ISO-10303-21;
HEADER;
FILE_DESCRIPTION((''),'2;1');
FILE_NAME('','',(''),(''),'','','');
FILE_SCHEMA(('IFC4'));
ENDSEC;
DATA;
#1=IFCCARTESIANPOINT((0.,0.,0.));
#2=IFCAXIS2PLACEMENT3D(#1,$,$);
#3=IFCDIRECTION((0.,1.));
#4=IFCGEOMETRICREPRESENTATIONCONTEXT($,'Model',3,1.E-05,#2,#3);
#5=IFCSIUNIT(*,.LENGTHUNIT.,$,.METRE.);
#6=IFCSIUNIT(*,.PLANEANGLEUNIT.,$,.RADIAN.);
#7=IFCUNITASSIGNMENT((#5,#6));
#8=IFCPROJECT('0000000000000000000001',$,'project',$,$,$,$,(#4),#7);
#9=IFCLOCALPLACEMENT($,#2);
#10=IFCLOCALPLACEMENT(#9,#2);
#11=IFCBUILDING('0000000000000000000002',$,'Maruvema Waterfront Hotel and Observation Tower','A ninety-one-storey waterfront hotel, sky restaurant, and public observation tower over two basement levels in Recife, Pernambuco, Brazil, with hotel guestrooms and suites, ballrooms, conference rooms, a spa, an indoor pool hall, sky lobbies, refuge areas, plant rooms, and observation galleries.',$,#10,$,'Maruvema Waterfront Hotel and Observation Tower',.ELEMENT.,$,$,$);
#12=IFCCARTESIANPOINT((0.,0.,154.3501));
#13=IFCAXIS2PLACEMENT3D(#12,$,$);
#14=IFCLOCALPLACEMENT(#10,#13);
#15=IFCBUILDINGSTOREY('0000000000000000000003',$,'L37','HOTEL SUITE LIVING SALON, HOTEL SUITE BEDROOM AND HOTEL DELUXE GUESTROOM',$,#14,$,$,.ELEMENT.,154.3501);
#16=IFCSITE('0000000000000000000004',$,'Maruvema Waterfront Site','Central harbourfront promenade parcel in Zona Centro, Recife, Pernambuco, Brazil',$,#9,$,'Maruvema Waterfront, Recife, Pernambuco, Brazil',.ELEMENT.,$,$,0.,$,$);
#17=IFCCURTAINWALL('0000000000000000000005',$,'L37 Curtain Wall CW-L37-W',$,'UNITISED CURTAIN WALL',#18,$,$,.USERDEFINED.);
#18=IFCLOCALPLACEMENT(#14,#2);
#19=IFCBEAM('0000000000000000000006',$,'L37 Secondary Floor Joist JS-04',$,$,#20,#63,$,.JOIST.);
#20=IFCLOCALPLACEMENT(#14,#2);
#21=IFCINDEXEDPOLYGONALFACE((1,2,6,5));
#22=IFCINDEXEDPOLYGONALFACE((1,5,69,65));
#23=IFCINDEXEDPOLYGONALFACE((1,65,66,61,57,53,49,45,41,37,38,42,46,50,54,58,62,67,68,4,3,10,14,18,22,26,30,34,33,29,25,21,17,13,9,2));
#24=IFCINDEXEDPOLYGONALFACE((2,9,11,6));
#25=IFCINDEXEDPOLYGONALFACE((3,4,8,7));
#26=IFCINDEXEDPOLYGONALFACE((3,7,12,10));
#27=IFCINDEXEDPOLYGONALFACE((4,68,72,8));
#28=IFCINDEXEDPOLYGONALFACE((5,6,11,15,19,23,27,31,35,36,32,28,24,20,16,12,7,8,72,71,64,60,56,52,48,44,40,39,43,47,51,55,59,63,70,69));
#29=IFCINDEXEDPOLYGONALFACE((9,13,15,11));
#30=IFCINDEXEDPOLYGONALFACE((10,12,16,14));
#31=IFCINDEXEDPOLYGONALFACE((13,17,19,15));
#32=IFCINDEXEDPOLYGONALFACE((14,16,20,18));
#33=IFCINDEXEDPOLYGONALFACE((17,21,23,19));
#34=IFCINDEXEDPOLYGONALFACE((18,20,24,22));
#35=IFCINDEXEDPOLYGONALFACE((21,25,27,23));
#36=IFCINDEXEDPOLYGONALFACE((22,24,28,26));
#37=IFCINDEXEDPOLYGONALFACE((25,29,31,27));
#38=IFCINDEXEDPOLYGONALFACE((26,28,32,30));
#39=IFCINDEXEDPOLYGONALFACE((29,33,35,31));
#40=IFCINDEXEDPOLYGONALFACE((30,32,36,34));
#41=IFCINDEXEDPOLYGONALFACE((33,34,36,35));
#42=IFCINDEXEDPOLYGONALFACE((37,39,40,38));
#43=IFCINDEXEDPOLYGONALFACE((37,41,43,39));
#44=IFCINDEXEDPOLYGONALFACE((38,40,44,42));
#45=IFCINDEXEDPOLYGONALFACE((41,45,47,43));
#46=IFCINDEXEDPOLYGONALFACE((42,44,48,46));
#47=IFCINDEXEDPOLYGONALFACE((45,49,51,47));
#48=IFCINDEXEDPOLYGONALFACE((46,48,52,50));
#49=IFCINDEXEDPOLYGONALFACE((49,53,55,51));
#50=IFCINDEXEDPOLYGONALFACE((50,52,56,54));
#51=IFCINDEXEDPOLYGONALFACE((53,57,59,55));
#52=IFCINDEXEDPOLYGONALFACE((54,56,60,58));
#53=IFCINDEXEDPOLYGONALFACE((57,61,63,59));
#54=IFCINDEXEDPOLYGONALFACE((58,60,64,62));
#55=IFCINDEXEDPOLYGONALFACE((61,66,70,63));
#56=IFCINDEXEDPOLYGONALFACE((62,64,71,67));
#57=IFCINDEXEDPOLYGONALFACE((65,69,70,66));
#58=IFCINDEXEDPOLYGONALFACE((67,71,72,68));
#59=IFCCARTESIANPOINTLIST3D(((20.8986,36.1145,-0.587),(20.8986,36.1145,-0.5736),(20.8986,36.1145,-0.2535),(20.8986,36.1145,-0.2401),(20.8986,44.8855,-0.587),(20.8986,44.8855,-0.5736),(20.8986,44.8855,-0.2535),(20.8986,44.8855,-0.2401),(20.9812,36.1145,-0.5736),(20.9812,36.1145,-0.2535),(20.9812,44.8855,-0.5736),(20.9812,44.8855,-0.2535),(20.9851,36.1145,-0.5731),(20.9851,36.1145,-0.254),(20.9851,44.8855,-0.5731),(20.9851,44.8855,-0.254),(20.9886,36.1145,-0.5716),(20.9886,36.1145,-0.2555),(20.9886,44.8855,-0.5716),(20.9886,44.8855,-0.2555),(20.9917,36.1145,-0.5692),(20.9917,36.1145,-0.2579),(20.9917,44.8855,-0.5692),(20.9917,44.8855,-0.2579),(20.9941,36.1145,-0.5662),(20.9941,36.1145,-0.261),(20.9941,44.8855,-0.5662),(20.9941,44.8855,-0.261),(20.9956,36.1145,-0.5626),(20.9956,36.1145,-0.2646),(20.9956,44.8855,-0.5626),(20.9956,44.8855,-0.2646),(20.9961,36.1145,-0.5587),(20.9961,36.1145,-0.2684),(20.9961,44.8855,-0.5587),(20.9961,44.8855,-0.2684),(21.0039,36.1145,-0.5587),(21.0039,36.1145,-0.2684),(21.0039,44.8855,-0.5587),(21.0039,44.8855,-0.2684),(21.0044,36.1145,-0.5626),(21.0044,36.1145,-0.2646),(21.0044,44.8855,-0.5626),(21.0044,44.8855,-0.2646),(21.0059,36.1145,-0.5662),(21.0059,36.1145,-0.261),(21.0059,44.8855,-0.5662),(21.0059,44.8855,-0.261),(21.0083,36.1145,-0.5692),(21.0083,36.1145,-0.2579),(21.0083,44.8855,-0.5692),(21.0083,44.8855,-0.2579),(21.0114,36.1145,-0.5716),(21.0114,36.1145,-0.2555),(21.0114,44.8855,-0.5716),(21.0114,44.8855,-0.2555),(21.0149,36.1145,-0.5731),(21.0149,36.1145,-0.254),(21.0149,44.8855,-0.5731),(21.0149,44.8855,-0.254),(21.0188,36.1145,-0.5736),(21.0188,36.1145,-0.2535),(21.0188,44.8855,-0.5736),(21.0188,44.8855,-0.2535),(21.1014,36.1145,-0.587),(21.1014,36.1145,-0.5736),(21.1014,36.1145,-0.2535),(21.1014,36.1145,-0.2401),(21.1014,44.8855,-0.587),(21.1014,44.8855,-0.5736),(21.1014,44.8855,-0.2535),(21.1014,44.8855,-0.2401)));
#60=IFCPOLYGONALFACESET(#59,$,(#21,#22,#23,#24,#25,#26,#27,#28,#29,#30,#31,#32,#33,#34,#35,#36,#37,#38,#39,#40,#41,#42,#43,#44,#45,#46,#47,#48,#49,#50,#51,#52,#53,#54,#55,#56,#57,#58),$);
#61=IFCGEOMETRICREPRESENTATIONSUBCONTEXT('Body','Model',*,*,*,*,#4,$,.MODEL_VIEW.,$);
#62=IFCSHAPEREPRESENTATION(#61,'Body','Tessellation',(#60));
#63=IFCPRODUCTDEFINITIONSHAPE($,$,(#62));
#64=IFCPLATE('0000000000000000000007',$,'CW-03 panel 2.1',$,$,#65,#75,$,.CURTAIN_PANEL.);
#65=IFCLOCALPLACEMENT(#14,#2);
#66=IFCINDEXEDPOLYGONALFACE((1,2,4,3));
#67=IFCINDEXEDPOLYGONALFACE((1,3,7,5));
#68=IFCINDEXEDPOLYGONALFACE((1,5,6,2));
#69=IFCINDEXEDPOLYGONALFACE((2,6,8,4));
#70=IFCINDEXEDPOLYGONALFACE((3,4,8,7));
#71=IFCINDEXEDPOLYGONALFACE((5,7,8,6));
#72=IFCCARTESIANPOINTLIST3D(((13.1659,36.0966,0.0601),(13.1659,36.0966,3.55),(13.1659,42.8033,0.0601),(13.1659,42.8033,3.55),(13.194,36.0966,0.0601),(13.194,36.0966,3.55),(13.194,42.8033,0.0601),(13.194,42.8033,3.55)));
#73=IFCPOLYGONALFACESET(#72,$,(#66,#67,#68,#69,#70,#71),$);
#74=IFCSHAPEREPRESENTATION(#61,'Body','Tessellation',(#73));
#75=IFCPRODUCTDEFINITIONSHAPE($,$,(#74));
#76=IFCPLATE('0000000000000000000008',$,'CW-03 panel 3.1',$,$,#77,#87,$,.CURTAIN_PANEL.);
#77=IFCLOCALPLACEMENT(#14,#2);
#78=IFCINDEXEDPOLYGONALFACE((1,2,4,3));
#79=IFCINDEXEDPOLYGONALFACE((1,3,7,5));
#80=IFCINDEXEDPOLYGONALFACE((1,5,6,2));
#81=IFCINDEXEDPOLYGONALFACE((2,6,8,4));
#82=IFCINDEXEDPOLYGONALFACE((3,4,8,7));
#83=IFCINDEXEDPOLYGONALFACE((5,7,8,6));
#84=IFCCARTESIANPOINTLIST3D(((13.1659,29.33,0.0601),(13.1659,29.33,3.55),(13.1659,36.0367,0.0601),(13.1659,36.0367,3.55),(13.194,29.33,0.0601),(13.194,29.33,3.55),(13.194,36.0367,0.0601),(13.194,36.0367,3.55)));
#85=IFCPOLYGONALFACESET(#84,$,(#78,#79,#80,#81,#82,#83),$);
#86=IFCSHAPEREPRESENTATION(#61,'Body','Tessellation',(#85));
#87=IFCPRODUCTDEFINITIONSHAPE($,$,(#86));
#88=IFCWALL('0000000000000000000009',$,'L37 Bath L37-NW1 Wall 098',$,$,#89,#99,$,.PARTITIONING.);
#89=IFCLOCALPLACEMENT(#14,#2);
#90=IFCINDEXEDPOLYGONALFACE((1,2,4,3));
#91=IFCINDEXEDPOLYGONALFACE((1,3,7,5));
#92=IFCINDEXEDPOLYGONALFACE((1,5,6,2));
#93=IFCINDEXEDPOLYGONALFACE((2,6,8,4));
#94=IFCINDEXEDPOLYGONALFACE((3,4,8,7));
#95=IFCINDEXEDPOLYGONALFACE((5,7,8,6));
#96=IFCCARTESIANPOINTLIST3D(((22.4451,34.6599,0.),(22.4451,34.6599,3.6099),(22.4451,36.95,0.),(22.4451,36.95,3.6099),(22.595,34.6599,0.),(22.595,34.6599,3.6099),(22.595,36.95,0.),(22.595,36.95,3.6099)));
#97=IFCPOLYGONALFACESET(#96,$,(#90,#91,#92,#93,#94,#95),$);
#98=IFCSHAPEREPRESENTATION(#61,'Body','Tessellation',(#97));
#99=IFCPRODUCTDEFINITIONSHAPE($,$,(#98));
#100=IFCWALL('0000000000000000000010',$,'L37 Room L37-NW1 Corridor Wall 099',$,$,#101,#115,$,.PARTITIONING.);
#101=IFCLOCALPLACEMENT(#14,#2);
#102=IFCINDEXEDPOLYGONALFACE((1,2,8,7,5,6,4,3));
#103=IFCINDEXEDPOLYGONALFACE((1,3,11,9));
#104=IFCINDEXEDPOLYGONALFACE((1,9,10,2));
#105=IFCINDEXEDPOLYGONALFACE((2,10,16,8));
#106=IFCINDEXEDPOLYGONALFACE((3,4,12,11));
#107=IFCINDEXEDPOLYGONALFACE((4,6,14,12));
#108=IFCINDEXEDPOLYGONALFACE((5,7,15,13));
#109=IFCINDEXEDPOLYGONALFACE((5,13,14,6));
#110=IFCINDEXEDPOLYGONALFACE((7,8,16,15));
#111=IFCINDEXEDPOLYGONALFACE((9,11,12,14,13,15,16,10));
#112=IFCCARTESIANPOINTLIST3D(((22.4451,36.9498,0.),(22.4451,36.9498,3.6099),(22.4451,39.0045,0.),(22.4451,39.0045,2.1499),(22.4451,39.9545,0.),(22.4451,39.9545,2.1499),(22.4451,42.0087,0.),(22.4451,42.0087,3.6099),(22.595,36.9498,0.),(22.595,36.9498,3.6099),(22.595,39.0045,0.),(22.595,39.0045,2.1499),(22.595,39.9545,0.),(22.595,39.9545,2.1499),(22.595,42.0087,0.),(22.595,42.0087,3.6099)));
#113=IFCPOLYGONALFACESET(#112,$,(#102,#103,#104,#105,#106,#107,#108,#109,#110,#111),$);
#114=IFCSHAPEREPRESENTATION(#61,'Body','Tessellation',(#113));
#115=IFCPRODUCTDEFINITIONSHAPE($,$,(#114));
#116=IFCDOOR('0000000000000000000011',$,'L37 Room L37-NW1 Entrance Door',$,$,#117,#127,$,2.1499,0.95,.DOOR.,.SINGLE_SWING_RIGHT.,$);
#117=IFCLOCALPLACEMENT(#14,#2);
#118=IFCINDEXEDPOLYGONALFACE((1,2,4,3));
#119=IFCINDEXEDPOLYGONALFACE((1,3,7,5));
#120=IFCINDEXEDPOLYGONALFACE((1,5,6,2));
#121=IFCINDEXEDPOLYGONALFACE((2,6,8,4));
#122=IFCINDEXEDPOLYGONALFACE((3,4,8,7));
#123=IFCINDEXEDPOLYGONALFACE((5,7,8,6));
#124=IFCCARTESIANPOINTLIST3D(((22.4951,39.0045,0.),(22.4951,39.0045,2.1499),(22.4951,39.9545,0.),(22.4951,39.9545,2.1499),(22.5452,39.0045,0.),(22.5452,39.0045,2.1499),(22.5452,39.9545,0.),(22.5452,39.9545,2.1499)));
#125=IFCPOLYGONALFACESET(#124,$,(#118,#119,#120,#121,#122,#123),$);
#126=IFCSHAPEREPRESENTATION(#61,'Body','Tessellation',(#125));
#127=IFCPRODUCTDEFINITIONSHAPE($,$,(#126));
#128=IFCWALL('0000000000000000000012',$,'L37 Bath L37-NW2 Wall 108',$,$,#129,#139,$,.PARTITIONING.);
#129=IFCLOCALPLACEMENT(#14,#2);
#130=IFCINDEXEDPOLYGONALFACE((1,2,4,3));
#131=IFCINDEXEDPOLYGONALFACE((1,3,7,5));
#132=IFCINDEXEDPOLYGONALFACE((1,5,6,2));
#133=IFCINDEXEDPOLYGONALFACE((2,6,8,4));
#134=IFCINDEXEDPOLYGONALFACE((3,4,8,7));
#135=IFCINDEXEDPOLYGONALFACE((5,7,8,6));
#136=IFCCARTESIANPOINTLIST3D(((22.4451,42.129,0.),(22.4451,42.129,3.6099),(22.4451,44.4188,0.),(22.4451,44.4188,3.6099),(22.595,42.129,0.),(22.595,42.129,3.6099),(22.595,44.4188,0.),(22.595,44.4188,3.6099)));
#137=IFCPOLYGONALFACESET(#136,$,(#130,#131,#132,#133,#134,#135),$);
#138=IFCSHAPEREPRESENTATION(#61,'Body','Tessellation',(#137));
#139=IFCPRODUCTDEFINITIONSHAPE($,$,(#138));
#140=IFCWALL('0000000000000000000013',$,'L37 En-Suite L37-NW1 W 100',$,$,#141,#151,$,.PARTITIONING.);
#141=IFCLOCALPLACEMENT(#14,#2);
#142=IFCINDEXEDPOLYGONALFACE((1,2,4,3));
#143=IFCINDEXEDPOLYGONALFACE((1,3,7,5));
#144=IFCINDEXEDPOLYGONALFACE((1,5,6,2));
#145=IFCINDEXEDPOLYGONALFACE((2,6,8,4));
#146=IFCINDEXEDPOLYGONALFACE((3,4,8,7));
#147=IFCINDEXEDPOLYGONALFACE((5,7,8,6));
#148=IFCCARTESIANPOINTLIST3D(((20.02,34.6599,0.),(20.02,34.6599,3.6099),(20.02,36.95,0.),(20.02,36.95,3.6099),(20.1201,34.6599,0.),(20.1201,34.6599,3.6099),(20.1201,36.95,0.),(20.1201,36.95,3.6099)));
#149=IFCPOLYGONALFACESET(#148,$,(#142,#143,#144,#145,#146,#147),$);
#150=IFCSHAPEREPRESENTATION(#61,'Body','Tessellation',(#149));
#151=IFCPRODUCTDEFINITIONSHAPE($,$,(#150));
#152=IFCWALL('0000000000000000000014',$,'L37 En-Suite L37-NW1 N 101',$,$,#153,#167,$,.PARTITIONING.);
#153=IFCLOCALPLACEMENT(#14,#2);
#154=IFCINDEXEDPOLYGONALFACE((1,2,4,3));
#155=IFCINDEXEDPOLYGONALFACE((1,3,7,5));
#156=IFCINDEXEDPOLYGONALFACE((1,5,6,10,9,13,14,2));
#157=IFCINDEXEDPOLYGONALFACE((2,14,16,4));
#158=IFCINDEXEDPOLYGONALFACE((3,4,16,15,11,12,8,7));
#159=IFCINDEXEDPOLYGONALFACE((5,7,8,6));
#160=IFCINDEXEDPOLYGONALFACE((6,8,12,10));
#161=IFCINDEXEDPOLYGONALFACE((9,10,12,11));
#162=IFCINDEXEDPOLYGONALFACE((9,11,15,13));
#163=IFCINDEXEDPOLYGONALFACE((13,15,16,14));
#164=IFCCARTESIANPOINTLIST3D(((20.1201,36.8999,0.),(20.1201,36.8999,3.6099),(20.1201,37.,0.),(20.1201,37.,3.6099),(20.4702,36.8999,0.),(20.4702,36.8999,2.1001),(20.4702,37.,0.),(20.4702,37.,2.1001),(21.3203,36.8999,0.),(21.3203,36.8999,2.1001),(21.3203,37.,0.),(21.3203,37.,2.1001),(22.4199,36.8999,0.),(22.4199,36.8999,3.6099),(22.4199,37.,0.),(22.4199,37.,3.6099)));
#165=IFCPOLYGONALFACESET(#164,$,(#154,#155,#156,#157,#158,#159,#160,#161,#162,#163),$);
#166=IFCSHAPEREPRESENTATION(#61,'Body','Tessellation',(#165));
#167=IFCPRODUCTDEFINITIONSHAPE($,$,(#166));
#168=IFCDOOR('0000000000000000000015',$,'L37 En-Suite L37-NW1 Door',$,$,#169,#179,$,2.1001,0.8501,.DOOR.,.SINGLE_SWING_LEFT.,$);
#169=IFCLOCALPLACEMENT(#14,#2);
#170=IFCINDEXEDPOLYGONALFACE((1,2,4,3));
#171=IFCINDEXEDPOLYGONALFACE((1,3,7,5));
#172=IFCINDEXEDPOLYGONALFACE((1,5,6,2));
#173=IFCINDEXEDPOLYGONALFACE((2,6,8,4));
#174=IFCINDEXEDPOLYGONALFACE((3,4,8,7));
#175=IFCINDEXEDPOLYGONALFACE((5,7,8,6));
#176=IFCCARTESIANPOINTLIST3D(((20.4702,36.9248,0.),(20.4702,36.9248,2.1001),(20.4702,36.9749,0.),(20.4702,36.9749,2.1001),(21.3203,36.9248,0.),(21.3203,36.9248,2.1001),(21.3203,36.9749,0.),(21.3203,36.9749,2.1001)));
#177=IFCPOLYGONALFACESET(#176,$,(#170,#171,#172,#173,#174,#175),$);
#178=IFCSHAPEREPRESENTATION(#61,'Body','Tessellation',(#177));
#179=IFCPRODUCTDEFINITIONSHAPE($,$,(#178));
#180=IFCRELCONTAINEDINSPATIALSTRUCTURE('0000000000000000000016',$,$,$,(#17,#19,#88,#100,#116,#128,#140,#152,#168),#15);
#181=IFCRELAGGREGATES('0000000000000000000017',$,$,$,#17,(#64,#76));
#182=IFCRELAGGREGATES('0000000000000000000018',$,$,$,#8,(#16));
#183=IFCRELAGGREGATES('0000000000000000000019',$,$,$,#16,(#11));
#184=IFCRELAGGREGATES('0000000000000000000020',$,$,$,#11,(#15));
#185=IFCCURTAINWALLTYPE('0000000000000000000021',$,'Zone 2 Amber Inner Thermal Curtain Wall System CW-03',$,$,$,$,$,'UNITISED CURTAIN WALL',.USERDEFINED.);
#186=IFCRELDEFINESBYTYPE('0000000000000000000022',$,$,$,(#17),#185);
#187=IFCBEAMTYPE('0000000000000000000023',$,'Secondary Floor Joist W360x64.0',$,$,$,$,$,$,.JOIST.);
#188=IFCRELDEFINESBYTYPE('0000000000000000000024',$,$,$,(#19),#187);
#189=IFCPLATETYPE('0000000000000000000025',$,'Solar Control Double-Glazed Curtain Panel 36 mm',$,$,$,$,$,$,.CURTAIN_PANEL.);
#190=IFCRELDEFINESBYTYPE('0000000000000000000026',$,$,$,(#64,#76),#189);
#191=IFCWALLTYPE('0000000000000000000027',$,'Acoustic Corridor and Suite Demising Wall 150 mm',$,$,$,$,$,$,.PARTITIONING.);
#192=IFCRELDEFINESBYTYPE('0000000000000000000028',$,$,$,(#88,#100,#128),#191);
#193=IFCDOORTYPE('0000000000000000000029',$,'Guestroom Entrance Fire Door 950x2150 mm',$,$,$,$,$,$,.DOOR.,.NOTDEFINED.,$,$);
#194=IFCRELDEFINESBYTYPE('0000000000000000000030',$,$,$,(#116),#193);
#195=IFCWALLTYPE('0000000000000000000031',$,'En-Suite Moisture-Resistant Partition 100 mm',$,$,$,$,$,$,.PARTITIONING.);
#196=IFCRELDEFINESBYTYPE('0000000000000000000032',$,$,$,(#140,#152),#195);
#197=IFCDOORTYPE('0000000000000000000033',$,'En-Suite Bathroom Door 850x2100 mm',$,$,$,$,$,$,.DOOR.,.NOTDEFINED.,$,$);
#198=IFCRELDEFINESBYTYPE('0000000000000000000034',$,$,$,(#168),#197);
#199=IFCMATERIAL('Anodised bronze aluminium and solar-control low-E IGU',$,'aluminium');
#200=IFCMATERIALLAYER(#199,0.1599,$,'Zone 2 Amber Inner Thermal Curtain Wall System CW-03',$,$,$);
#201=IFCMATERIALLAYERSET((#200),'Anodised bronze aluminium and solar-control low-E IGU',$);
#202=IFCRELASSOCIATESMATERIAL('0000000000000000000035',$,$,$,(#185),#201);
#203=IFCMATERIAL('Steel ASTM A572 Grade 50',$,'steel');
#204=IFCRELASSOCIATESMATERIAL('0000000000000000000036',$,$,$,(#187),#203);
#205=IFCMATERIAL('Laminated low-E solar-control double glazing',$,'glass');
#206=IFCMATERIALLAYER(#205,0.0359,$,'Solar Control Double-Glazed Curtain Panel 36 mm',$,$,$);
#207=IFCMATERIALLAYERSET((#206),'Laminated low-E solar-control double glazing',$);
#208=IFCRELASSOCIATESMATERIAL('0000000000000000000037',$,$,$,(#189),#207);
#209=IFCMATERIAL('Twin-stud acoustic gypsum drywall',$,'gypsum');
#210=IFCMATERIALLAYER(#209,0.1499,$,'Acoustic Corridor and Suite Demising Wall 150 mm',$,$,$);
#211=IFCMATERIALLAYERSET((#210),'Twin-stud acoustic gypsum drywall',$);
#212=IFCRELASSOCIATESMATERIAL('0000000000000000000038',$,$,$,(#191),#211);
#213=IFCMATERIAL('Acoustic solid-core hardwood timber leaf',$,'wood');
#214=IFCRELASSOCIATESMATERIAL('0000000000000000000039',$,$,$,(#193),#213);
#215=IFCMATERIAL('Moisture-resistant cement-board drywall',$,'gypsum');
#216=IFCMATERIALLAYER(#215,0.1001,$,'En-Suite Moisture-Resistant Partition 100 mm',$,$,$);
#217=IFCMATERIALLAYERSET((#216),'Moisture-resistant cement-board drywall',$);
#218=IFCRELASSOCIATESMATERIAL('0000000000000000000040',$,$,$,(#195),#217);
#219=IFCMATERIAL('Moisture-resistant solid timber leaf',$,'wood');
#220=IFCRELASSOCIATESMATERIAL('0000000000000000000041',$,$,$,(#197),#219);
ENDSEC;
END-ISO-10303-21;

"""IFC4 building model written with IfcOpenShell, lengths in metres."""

from ifc_helpers import new_model, si_unit, direction, frame, frame_2d, origin, origin_2d, place, context, subcontext, project, spatial, rectangle, i_section, extrude, material, layer, layer_set, material_profile, profile_set, type_object, element, fill, aggregate, save


model = new_model("IFC4")

# Units and contexts
model_context = context("Model", 3, precision=1e-05, world=origin(), true_north=direction((0.0, 1.0)))
body_context = subcontext(model_context, "Body", "Model", "MODEL_VIEW")
ifc_project = project(units=[si_unit("LENGTHUNIT", "METRE"), si_unit("PLANEANGLEUNIT", "RADIAN")], contexts=[model_context])

# Site, building, storey
site_placement = place(None, origin())
site = spatial("IfcSite", under=ifc_project, at=site_placement, Name="Maruvema Waterfront Site", Description="Central harbourfront promenade parcel in Zona Centro, Recife, Pernambuco, Brazil", LongName="Maruvema Waterfront, Recife, Pernambuco, Brazil", CompositionType="ELEMENT", RefElevation=0.0)
building_placement = place(site_placement, origin())
building = spatial("IfcBuilding", under=site, at=building_placement, Name="Maruvema Waterfront Hotel and Observation Tower", Description="A ninety-one-storey waterfront hotel, sky restaurant, and public observation tower over two basement levels in Recife, Pernambuco, Brazil, with hotel guestrooms and suites, ballrooms, conference rooms, a spa, an indoor pool hall, sky lobbies, refuge areas, plant rooms, and observation galleries.", LongName="Maruvema Waterfront Hotel and Observation Tower", CompositionType="ELEMENT")
storey_placement = place(building_placement, frame((0.0, 0.0, 154.3501)))
storey = spatial("IfcBuildingStorey", under=building, at=storey_placement, Name="L37", Description="HOTEL SUITE LIVING SALON, HOTEL SUITE BEDROOM AND HOTEL DELUXE GUESTROOM", CompositionType="ELEMENT", Elevation=154.3501)

# Curtain wall
ifc_material_1 = material(Name="Anodised bronze aluminium and solar-control low-E IGU", Category="aluminium")
ifc_layer_1 = layer(ifc_material_1, 0.1599, Name="Zone 2 Amber Inner Thermal Curtain Wall System CW-03")
ifc_layer_set_1 = layer_set([ifc_layer_1], Name="Anodised bronze aluminium and solar-control low-E IGU")
curtain_wall_type = type_object("IfcCurtainWallType", Name="Zone 2 Amber Inner Thermal Curtain Wall System CW-03", ElementType="UNITISED CURTAIN WALL", PredefinedType="USERDEFINED", material=ifc_layer_set_1)
curtain_wall_placement = place(storey_placement, origin())
curtain_wall = element("IfcCurtainWall", 1, at=curtain_wall_placement, inside=storey, type_object=curtain_wall_type, Name="L37 Curtain Wall CW-L37-W", ObjectType="UNITISED CURTAIN WALL", PredefinedType="USERDEFINED")

# Beam
ifc_material_2 = material(Name="Steel ASTM A572 Grade 50", Category="steel")
ifc_material_profile_1 = material_profile(ifc_material_2, i_section(OverallWidth=0.2029, OverallDepth=0.3469, WebThickness=0.0078, FlangeThickness=0.0134, FilletRadius=0.0149, at=origin_2d()), Name="W360x64.0")
ifc_profile_set_1 = profile_set([ifc_material_profile_1], Name="Steel ASTM A572 Grade 50")
beam_type_1 = type_object("IfcBeamType", Name="Secondary Floor Joist W360x64.0", PredefinedType="JOIST", material=ifc_profile_set_1)
beam_1_placement = place(storey_placement, frame((21.0, 36.1145, -0.4136), z_axis=(0.0, 1.0, 0.0), x_axis=(-1.0, 0.0, 0.0)))
element("IfcBeam", 2, at=beam_1_placement, inside=storey, type_object=beam_type_1, Name="L37 Secondary Floor Joist JS-04", PredefinedType="JOIST", context=body_context, shape_type="SweptSolid", body=[
    extrude(i_section(OverallWidth=0.2029, OverallDepth=0.3469, WebThickness=0.0078, FlangeThickness=0.0134, FilletRadius=0.0149, at=origin_2d()), origin(), (0.0, 0.0, 1.0), 8.771),
])

# Plates
ifc_material_3 = material(Name="Laminated low-E solar-control double glazing", Category="glass")
ifc_layer_2 = layer(ifc_material_3, 0.0359, Name="Solar Control Double-Glazed Curtain Panel 36 mm")
ifc_layer_set_2 = layer_set([ifc_layer_2], Name="Laminated low-E solar-control double glazing")
plate_type = type_object("IfcPlateType", Name="Solar Control Double-Glazed Curtain Panel 36 mm", PredefinedType="CURTAIN_PANEL", material=ifc_layer_set_2)
plate_1_placement = place(storey_placement, frame((13.1799, 39.45, 0.0601), z_axis=(0.0, 0.0, 1.0), x_axis=(0.0, -1.0, 0.0)))
plate_1 = element("IfcPlate", 3, at=plate_1_placement, type_object=plate_type, Name="CW-03 panel 2.1", PredefinedType="CURTAIN_PANEL", context=body_context, shape_type="SweptSolid", body=[
    extrude(rectangle(XDim=6.7068, YDim=0.0281, at=origin_2d()), origin(), (0.0, 0.0, 1.0), 3.49),
])
plate_2_placement = place(storey_placement, frame((13.1799, 32.6833, 0.0601), z_axis=(0.0, 0.0, 1.0), x_axis=(0.0, -1.0, 0.0)))
plate_2 = element("IfcPlate", 4, at=plate_2_placement, type_object=plate_type, Name="CW-03 panel 3.1", PredefinedType="CURTAIN_PANEL", context=body_context, shape_type="SweptSolid", body=[
    extrude(rectangle(XDim=6.7068, YDim=0.0281, at=origin_2d()), origin(), (0.0, 0.0, 1.0), 3.49),
])
aggregate(curtain_wall, [plate_1, plate_2])

# Wall
ifc_material_4 = material(Name="Twin-stud acoustic gypsum drywall", Category="gypsum")
ifc_layer_3 = layer(ifc_material_4, 0.1499, Name="Acoustic Corridor and Suite Demising Wall 150 mm")
ifc_layer_set_3 = layer_set([ifc_layer_3], Name="Twin-stud acoustic gypsum drywall")
wall_type_1 = type_object("IfcWallType", Name="Acoustic Corridor and Suite Demising Wall 150 mm", PredefinedType="PARTITIONING", material=ifc_layer_set_3)
wall_1_placement = place(storey_placement, frame((22.52, 34.6599, 0.0), z_axis=(0.0, 0.0, 1.0), x_axis=(0.0, 1.0, 0.0)))
element("IfcWall", 5, at=wall_1_placement, inside=storey, type_object=wall_type_1, Name="L37 Bath L37-NW1 Wall 098", PredefinedType="PARTITIONING", context=body_context, shape_type="SweptSolid", body=[
    extrude(rectangle(XDim=2.29, YDim=0.1499, at=frame_2d((1.145, 0.0))), origin(), (0.0, 0.0, 1.0), 3.6099),
])

# Wall, opening, door
wall_2_placement = place(storey_placement, frame((22.52, 36.95, 0.0), z_axis=(0.0, 0.0, 1.0), x_axis=(0.0, 1.0, 0.0)))
wall_2 = element("IfcWall", 6, at=wall_2_placement, inside=storey, type_object=wall_type_1, Name="L37 Room L37-NW1 Corridor Wall 099", PredefinedType="PARTITIONING", context=body_context, shape_type="SweptSolid", body=[
    extrude(rectangle(XDim=5.0588, YDim=0.1499, at=frame_2d((2.5293, 0.0))), origin(), (0.0, 0.0, 1.0), 3.6099),
])
opening_1_placement = place(wall_2_placement, frame((2.0544, 0.0, 0.0)))
opening_1 = element("IfcOpeningElement", 7, at=opening_1_placement, cuts=wall_2, PredefinedType="OPENING", context=body_context, shape_type="SweptSolid", body=[
    extrude(rectangle(XDim=0.95, YDim=2.1499, at=frame_2d((0.4751, 1.075))), frame((0.0, 0.085, 0.0), z_axis=(0.0, -1.0, 0.0), x_axis=(1.0, 0.0, 0.0)), (0.0, 0.0, 1.0), 0.1699),
])
ifc_material_5 = material(Name="Acoustic solid-core hardwood timber leaf", Category="wood")
door_type_1 = type_object("IfcDoorType", Name="Guestroom Entrance Fire Door 950x2150 mm", OperationType="NOTDEFINED", PredefinedType="DOOR", material=ifc_material_5)
door_1_placement = place(opening_1_placement, origin())
door_1 = element("IfcDoor", 8, at=door_1_placement, inside=storey, type_object=door_type_1, Name="L37 Room L37-NW1 Entrance Door", OperationType="SINGLE_SWING_RIGHT", OverallHeight=2.1499, OverallWidth=0.95, PredefinedType="DOOR", context=body_context, shape_type="SweptSolid", body=[
    extrude(rectangle(XDim=0.95, YDim=2.1499, at=frame_2d((0.4751, 1.075))), frame((0.0, 0.0249, 0.0), z_axis=(0.0, -1.0, 0.0), x_axis=(1.0, 0.0, 0.0)), (0.0, 0.0, 1.0), 0.05),
])
fill(opening_1, door_1)

# Walls
wall_3_placement = place(storey_placement, frame((22.52, 42.1289, 0.0), z_axis=(0.0, 0.0, 1.0), x_axis=(0.0, 1.0, 0.0)))
element("IfcWall", 9, at=wall_3_placement, inside=storey, type_object=wall_type_1, Name="L37 Bath L37-NW2 Wall 108", PredefinedType="PARTITIONING", context=body_context, shape_type="SweptSolid", body=[
    extrude(rectangle(XDim=2.2898, YDim=0.1499, at=frame_2d((1.145, 0.0))), origin(), (0.0, 0.0, 1.0), 3.6099),
])
ifc_material_6 = material(Name="Moisture-resistant cement-board drywall", Category="gypsum")
ifc_layer_4 = layer(ifc_material_6, 0.1001, Name="En-Suite Moisture-Resistant Partition 100 mm")
ifc_layer_set_4 = layer_set([ifc_layer_4], Name="Moisture-resistant cement-board drywall")
wall_type_2 = type_object("IfcWallType", Name="En-Suite Moisture-Resistant Partition 100 mm", PredefinedType="PARTITIONING", material=ifc_layer_set_4)
wall_4_placement = place(storey_placement, frame((20.0701, 34.6599, 0.0), z_axis=(0.0, 0.0, 1.0), x_axis=(0.0, 1.0, 0.0)))
element("IfcWall", 10, at=wall_4_placement, inside=storey, type_object=wall_type_2, Name="L37 En-Suite L37-NW1 W 100", PredefinedType="PARTITIONING", context=body_context, shape_type="SweptSolid", body=[
    extrude(rectangle(XDim=2.29, YDim=0.1001, at=frame_2d((1.145, 0.0))), origin(), (0.0, 0.0, 1.0), 3.6099),
])

# Wall, opening, door
wall_5_placement = place(storey_placement, frame((20.1201, 36.95, 0.0), z_axis=(0.0, 0.0, 1.0), x_axis=(1.0, 0.0, 0.0)))
wall_5 = element("IfcWall", 11, at=wall_5_placement, inside=storey, type_object=wall_type_2, Name="L37 En-Suite L37-NW1 N 101", PredefinedType="PARTITIONING", context=body_context, shape_type="SweptSolid", body=[
    extrude(rectangle(XDim=2.2998, YDim=0.1001, at=frame_2d((1.1499, 0.0))), origin(), (0.0, 0.0, 1.0), 3.6099),
])
opening_2_placement = place(wall_5_placement, frame((0.3501, 0.0, 0.0)))
opening_2 = element("IfcOpeningElement", 12, at=opening_2_placement, cuts=wall_5, PredefinedType="OPENING", context=body_context, shape_type="SweptSolid", body=[
    extrude(rectangle(XDim=0.8501, YDim=2.1001, at=frame_2d((0.425, 1.05))), frame((0.0, 0.0601, 0.0), z_axis=(0.0, -1.0, 0.0), x_axis=(1.0, 0.0, 0.0)), (0.0, 0.0, 1.0), 0.1201),
])
ifc_material_7 = material(Name="Moisture-resistant solid timber leaf", Category="wood")
door_type_2 = type_object("IfcDoorType", Name="En-Suite Bathroom Door 850x2100 mm", OperationType="NOTDEFINED", PredefinedType="DOOR", material=ifc_material_7)
door_2_placement = place(opening_2_placement, origin())
door_2 = element("IfcDoor", 13, at=door_2_placement, inside=storey, type_object=door_type_2, Name="L37 En-Suite L37-NW1 Door", OperationType="SINGLE_SWING_LEFT", OverallHeight=2.1001, OverallWidth=0.8501, PredefinedType="DOOR", context=body_context, shape_type="SweptSolid", body=[
    extrude(rectangle(XDim=0.8501, YDim=2.1001, at=frame_2d((0.425, 1.05))), frame((0.0, 0.0249, 0.0), z_axis=(0.0, -1.0, 0.0), x_axis=(1.0, 0.0, 0.0)), (0.0, 0.0, 1.0), 0.05),
])
fill(opening_2, door_2)

save(model, "model.ifc")
